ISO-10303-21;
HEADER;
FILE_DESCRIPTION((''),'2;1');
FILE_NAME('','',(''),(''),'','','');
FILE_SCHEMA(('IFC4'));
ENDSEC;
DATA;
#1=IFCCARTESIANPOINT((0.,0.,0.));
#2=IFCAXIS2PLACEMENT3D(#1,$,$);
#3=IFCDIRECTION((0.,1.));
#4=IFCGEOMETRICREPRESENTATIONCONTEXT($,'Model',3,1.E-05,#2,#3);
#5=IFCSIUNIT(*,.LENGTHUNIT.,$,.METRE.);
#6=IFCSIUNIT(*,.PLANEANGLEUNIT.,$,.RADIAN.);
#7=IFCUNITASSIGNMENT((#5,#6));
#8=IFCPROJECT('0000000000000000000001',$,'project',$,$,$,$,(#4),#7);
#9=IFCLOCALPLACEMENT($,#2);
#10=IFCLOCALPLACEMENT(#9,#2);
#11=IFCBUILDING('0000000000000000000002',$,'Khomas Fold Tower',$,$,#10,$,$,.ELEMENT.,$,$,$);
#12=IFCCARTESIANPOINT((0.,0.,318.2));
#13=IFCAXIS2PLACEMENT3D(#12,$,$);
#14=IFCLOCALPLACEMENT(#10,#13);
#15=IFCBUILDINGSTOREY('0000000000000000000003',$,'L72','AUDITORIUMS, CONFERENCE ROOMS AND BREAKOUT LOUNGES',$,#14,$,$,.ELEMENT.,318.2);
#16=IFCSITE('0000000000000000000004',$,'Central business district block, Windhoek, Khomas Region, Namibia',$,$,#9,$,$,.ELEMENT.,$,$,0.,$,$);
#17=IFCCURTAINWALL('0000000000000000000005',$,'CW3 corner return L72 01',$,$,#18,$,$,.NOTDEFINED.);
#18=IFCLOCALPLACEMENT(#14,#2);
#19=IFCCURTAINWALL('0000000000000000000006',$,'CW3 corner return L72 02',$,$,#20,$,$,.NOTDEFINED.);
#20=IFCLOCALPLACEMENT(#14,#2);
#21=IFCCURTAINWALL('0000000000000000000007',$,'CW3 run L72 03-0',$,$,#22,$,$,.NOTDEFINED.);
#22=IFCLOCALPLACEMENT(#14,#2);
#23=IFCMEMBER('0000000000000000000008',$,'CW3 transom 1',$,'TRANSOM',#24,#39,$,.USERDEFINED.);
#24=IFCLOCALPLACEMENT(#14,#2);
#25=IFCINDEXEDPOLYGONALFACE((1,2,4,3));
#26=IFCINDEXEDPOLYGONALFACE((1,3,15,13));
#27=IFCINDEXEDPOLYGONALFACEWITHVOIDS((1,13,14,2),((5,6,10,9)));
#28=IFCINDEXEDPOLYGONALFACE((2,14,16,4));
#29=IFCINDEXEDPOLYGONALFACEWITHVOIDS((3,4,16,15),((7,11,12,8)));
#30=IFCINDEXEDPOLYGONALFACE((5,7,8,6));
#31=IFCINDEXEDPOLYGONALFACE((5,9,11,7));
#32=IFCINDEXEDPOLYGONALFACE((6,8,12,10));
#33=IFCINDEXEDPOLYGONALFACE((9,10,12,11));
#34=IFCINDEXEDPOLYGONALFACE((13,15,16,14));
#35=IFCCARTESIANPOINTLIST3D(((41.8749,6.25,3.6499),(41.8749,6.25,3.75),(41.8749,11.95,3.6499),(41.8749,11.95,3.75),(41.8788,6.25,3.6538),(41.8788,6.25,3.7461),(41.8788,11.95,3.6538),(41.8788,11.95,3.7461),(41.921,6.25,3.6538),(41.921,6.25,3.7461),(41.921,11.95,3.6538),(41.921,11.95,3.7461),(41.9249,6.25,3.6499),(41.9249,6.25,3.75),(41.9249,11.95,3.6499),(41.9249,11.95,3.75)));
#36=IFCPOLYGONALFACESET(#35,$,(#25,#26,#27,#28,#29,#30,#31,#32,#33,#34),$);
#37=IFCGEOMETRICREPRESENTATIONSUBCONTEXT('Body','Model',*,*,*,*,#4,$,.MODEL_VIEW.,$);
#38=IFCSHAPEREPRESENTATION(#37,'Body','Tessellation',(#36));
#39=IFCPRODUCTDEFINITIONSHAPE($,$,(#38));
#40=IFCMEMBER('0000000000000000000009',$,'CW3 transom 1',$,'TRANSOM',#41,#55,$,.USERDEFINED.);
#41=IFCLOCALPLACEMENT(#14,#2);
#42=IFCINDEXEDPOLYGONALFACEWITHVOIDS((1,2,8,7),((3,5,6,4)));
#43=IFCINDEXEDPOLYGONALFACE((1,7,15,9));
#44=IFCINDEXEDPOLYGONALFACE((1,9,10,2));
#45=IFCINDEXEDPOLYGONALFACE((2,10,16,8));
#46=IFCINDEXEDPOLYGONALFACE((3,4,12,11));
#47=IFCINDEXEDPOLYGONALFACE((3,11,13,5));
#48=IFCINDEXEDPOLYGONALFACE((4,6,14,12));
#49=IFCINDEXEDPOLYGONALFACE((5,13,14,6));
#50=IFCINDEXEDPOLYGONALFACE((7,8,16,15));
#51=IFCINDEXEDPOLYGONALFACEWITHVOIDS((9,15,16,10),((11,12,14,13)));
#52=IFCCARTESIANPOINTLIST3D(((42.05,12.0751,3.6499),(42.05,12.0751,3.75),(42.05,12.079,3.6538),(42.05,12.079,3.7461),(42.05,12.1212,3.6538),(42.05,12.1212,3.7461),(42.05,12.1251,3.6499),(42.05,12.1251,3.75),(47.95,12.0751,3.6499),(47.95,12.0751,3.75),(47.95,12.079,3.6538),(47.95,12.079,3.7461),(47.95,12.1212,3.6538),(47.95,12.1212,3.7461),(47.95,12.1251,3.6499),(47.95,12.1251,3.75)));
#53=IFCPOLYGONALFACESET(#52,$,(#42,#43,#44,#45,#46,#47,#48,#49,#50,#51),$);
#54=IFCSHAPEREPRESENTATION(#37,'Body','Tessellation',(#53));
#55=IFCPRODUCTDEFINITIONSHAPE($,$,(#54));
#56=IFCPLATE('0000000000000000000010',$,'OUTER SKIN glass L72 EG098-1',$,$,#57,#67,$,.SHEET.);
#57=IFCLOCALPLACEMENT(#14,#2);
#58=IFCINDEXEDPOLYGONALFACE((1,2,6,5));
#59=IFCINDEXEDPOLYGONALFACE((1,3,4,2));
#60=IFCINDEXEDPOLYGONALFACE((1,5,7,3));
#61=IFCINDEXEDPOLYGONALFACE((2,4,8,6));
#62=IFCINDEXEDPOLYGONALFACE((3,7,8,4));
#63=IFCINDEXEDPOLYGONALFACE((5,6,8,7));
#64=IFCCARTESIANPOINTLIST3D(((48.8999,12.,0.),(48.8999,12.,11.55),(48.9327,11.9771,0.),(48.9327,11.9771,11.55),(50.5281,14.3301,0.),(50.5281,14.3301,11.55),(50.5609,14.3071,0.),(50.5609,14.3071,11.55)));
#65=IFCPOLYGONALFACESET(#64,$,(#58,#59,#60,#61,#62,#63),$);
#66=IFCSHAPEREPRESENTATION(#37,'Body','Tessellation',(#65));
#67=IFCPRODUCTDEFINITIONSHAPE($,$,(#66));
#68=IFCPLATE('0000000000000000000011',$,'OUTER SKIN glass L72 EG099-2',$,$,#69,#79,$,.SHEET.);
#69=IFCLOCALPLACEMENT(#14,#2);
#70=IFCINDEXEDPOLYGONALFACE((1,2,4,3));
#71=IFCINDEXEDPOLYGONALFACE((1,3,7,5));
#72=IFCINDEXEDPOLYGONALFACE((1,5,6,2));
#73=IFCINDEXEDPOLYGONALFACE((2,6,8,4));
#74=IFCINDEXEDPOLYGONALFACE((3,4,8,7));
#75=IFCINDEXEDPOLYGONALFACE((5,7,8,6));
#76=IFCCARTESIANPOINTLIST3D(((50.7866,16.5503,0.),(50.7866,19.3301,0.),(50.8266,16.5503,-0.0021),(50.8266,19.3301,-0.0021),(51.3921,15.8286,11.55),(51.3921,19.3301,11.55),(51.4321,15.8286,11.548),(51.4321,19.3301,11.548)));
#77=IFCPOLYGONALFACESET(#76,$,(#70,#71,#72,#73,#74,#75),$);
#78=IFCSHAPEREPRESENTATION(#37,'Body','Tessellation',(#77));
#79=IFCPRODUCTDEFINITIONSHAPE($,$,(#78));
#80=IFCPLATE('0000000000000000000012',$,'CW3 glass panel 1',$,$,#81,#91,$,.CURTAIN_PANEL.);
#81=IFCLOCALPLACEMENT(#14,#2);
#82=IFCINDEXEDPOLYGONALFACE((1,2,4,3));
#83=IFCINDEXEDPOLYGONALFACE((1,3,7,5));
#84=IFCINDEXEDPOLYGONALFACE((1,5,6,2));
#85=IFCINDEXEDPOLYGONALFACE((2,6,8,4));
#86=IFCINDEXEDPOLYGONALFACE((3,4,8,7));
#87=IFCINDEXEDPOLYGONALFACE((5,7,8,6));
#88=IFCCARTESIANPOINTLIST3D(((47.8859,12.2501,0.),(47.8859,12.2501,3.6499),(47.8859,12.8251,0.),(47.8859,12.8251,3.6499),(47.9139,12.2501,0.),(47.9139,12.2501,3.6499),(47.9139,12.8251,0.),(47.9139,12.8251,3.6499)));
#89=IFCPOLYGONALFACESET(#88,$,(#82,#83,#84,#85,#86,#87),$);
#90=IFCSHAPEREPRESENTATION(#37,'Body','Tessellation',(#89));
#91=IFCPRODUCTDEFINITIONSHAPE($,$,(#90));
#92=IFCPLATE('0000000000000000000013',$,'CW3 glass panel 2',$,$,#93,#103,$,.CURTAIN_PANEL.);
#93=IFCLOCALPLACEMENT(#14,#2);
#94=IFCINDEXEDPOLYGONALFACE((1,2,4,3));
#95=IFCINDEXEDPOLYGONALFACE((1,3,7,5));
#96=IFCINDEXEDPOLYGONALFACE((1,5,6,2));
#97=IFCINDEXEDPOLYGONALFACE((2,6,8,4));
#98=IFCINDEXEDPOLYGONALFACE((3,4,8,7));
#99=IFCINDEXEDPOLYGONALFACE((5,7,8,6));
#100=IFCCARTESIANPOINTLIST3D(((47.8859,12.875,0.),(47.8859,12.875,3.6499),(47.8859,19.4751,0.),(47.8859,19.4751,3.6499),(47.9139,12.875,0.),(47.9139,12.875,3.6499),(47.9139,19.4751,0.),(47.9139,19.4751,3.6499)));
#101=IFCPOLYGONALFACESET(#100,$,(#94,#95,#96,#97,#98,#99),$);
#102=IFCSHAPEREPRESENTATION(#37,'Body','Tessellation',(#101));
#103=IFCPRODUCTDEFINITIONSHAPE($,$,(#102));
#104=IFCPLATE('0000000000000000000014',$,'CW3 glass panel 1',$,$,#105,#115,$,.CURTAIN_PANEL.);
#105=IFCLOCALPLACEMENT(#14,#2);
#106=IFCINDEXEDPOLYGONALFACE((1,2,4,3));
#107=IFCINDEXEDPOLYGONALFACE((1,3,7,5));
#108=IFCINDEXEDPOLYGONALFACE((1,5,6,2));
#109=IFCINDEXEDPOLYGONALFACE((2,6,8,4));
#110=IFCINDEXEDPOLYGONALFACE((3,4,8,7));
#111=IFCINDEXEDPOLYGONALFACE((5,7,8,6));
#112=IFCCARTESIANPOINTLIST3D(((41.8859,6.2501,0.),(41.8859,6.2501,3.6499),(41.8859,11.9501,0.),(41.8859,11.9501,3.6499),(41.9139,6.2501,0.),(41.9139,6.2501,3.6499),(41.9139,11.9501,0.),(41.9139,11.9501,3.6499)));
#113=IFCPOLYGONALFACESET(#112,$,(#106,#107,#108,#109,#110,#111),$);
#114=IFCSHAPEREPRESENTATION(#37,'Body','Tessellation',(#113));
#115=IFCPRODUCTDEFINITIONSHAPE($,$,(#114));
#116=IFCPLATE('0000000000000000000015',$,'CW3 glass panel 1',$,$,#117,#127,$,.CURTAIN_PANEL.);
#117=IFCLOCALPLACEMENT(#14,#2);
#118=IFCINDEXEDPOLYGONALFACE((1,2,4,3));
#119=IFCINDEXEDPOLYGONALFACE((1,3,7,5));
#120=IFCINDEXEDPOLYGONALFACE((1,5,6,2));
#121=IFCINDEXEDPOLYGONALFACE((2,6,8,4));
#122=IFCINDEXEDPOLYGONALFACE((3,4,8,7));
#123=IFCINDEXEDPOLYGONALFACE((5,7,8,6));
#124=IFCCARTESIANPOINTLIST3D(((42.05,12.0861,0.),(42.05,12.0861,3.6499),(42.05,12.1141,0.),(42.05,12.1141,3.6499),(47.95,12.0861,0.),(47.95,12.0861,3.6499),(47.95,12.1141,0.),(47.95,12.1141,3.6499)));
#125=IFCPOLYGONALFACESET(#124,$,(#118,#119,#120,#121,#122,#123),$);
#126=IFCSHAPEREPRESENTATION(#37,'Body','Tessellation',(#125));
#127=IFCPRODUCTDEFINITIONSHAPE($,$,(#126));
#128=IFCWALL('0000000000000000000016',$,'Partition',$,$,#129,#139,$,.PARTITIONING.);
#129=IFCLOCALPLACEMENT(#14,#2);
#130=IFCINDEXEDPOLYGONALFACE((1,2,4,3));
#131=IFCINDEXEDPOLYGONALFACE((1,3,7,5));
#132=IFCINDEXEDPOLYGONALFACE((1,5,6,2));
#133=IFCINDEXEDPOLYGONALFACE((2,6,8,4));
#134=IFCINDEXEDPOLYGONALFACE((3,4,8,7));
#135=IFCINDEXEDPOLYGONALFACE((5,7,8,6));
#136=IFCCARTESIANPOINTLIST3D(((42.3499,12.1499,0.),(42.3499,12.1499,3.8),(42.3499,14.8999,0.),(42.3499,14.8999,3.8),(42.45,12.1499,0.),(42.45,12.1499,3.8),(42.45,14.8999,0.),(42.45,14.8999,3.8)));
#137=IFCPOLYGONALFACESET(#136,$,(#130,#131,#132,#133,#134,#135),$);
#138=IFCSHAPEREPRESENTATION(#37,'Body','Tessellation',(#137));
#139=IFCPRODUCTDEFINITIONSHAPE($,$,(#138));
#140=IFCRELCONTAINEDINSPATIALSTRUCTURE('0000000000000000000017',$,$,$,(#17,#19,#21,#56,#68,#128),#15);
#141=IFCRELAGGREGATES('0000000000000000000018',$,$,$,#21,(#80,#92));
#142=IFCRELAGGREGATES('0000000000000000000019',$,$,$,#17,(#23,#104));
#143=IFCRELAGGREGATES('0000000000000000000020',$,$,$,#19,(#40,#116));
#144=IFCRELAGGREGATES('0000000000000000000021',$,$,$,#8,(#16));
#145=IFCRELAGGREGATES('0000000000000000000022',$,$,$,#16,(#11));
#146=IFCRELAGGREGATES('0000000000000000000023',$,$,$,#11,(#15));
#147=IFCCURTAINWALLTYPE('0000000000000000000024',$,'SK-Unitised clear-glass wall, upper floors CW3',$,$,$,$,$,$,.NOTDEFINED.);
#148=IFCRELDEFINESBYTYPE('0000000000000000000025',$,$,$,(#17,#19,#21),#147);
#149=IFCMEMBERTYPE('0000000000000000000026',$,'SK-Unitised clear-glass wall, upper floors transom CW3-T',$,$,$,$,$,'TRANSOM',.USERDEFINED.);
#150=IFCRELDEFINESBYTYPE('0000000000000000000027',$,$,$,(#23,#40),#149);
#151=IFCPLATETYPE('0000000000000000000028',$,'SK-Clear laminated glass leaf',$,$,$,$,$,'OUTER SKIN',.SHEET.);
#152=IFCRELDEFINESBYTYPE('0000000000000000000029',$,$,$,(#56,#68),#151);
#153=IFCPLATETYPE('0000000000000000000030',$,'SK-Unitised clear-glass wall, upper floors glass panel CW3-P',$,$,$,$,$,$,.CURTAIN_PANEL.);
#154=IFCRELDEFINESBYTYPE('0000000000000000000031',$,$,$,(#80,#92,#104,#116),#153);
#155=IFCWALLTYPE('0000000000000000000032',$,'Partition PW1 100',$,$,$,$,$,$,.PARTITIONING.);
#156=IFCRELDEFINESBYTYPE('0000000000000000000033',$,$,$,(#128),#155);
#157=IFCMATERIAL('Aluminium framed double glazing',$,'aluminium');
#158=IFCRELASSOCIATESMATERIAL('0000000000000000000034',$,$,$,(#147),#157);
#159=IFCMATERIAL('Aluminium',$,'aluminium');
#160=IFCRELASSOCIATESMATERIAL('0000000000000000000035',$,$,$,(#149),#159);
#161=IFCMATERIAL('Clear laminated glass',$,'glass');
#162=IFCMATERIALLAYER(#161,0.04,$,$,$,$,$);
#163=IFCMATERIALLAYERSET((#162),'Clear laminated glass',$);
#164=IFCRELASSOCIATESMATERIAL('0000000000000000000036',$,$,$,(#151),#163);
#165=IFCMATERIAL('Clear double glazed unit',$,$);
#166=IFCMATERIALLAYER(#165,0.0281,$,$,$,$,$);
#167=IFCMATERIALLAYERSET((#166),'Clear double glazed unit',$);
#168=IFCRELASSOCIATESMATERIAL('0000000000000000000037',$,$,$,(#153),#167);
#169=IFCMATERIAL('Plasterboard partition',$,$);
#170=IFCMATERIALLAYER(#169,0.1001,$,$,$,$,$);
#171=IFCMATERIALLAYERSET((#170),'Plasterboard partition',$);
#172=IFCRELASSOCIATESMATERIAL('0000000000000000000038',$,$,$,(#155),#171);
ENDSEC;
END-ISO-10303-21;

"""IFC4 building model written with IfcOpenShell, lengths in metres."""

from ifc_helpers import new_model, si_unit, direction, frame, frame_2d, origin, origin_2d, place, context, subcontext, project, spatial, polyline, rectangle, hollow_rectangle, outline, extrude, source, transform, mapped, material, layer, layer_set, material_profile, profile_set, type_object, element, aggregate, save


model = new_model("IFC4")

# Units and contexts
model_context = context("Model", 3, precision=1e-05, world=origin(), true_north=direction((0.0, 1.0)))
body_context = subcontext(model_context, "Body", "Model", "MODEL_VIEW")
ifc_project = project(units=[si_unit("LENGTHUNIT", "METRE"), si_unit("PLANEANGLEUNIT", "RADIAN")], contexts=[model_context])

# Site, building, storey
site_placement = place(None, origin())
site = spatial("IfcSite", under=ifc_project, at=site_placement, Name="Central business district block, Windhoek, Khomas Region, Namibia", CompositionType="ELEMENT", RefElevation=0.0)
building_placement = place(site_placement, origin())
building = spatial("IfcBuilding", under=site, at=building_placement, Name="Khomas Fold Tower", CompositionType="ELEMENT")
storey_placement = place(building_placement, frame((0.0, 0.0, 318.2)))
storey = spatial("IfcBuildingStorey", under=building, at=storey_placement, Name="L72", Description="AUDITORIUMS, CONFERENCE ROOMS AND BREAKOUT LOUNGES", CompositionType="ELEMENT", Elevation=318.2)

# Curtain wall
ifc_material_1 = material(Name="Aluminium framed double glazing", Category="aluminium")
curtain_wall_type = type_object("IfcCurtainWallType", Name="SK-Unitised clear-glass wall, upper floors CW3", PredefinedType="NOTDEFINED", material=ifc_material_1)
curtain_wall_1_placement = place(storey_placement, origin())
curtain_wall_1 = element("IfcCurtainWall", 1, at=curtain_wall_1_placement, inside=storey, type_object=curtain_wall_type, Name="CW3 corner return L72 01", PredefinedType="NOTDEFINED")

# Curtain walls
curtain_wall_2_placement = place(storey_placement, origin())
curtain_wall_2 = element("IfcCurtainWall", 2, at=curtain_wall_2_placement, inside=storey, type_object=curtain_wall_type, Name="CW3 corner return L72 02", PredefinedType="NOTDEFINED")
curtain_wall_3_placement = place(storey_placement, origin())
curtain_wall_3 = element("IfcCurtainWall", 3, at=curtain_wall_3_placement, inside=storey, type_object=curtain_wall_type, Name="CW3 run L72 03-0", PredefinedType="NOTDEFINED")
ifc_material_2 = material(Name="Aluminium", Category="aluminium")
ifc_material_profile_1 = material_profile(ifc_material_2, hollow_rectangle(XDim=0.05, YDim=0.1001, WallThickness=0.0039, at=origin_2d()), Name="SK-Unitised clear-glass wall, upper floors transom CW3-T")
ifc_profile_set_1 = profile_set([ifc_material_profile_1], Name="Aluminium")
member_type_1 = type_object("IfcMemberType", Name="SK-Unitised clear-glass wall, upper floors transom CW3-T", ElementType="TRANSOM", PredefinedType="USERDEFINED", material=ifc_profile_set_1)

# Members
shared_shape_1 = source(origin(), body_context, "Body", "SweptSolid", [
    extrude(hollow_rectangle(XDim=0.05, YDim=0.1001, WallThickness=0.0039, at=origin_2d()), origin(), (0.0, 0.0, 1.0), 5.7),
])
member_1_placement = place(storey_placement, frame((41.8999, 6.25, 3.7), z_axis=(0.0, 1.0, 0.0), x_axis=(-1.0, 0.0, 0.0)))
member_1 = element("IfcMember", 4, at=member_1_placement, type_object=member_type_1, Name="CW3 transom 1", ObjectType="TRANSOM", PredefinedType="USERDEFINED", context=body_context, shape_type="MappedRepresentation", body=[
    mapped(shared_shape_1, transform((0.0, 0.0, 0.0))),
])
shared_shape_2 = source(origin(), body_context, "Body", "SweptSolid", [
    extrude(hollow_rectangle(XDim=0.05, YDim=0.1001, WallThickness=0.0039, at=origin_2d()), origin(), (0.0, 0.0, 1.0), 5.8999),
])
member_2_placement = place(storey_placement, frame((42.05, 12.1001, 3.7), z_axis=(1.0, 0.0, 0.0), x_axis=(0.0, 1.0, 0.0)))
member_2 = element("IfcMember", 5, at=member_2_placement, type_object=member_type_1, Name="CW3 transom 1", ObjectType="TRANSOM", PredefinedType="USERDEFINED", context=body_context, shape_type="MappedRepresentation", body=[
    mapped(shared_shape_2, transform((0.0, 0.0, 0.0))),
])

# Plates
ifc_material_3 = material(Name="Clear laminated glass", Category="glass")
ifc_layer_1 = layer(ifc_material_3, 0.04)
ifc_layer_set_1 = layer_set([ifc_layer_1], Name="Clear laminated glass")
plate_type_1 = type_object("IfcPlateType", Name="SK-Clear laminated glass leaf", ElementType="OUTER SKIN", PredefinedType="SHEET", material=ifc_layer_set_1)
plate_1_placement = place(storey_placement, frame((50.5281, 14.3301, 11.55), z_axis=(-0.819708, 0.572782, 0.0), x_axis=(0.0, 0.0, -1.0)))
element("IfcPlate", 6, at=plate_1_placement, inside=storey, type_object=plate_type_1, Name="OUTER SKIN glass L72 EG098-1", PredefinedType="SHEET", context=body_context, shape_type="SweptSolid", body=[
    extrude(outline(polyline([(0.0, 0.0), (11.55, 0.0), (11.55, 2.8426), (0.0, 2.8426), (0.0, 0.0)])), origin(), (0.0, 0.0, -1.0), 0.04),
])
plate_2_placement = place(storey_placement, frame((50.7866, 16.5503, 0.0), z_axis=(-0.998629, 0.0, 0.052349), x_axis=(0.052248, -0.062276, 0.99669)))
element("IfcPlate", 7, at=plate_2_placement, inside=storey, type_object=plate_type_1, Name="OUTER SKIN glass L72 EG099-2", PredefinedType="SHEET", context=body_context, shape_type="SweptSolid", body=[
    extrude(outline(polyline([(0.0, 0.0), (11.5884, 0.0), (11.3703, 3.4947), (-0.1731, 2.7744), (0.0, 0.0)])), origin(), (0.0, 0.0, -1.0), 0.04),
])

# Plates
ifc_material_4 = material(Name="Clear double glazed unit")
ifc_layer_2 = layer(ifc_material_4, 0.0281)
ifc_layer_set_2 = layer_set([ifc_layer_2], Name="Clear double glazed unit")
plate_type_2 = type_object("IfcPlateType", Name="SK-Unitised clear-glass wall, upper floors glass panel CW3-P", PredefinedType="CURTAIN_PANEL", material=ifc_layer_set_2)
shared_shape_3 = source(origin(), body_context, "Body", "SweptSolid", [
    extrude(rectangle(XDim=0.575, YDim=0.0281, at=origin_2d()), origin(), (0.0, 0.0, 1.0), 3.6499),
])
plate_3_placement = place(storey_placement, frame((47.8999, 12.5376, 0.0), z_axis=(0.0, 0.0, 1.0), x_axis=(0.0, 1.0, 0.0)))
plate_3 = element("IfcPlate", 8, at=plate_3_placement, type_object=plate_type_2, Name="CW3 glass panel 1", PredefinedType="CURTAIN_PANEL", context=body_context, shape_type="MappedRepresentation", body=[
    mapped(shared_shape_3, transform((0.0, 0.0, 0.0))),
])
shared_shape_4 = source(origin(), body_context, "Body", "SweptSolid", [
    extrude(rectangle(XDim=6.6001, YDim=0.0281, at=origin_2d()), origin(), (0.0, 0.0, 1.0), 3.6499),
])
plate_4_placement = place(storey_placement, frame((47.8999, 16.175, 0.0), z_axis=(0.0, 0.0, 1.0), x_axis=(0.0, 1.0, 0.0)))
plate_4 = element("IfcPlate", 9, at=plate_4_placement, type_object=plate_type_2, Name="CW3 glass panel 2", PredefinedType="CURTAIN_PANEL", context=body_context, shape_type="MappedRepresentation", body=[
    mapped(shared_shape_4, transform((0.0, 0.0, 0.0))),
])
aggregate(curtain_wall_3, [plate_3, plate_4])
shared_shape_5 = source(origin(), body_context, "Body", "SweptSolid", [
    extrude(rectangle(XDim=5.7, YDim=0.0281, at=origin_2d()), origin(), (0.0, 0.0, 1.0), 3.6499),
])
plate_5_placement = place(storey_placement, frame((41.8999, 9.1001, 0.0), z_axis=(0.0, 0.0, 1.0), x_axis=(0.0, 1.0, 0.0)))
plate_5 = element("IfcPlate", 10, at=plate_5_placement, type_object=plate_type_2, Name="CW3 glass panel 1", PredefinedType="CURTAIN_PANEL", context=body_context, shape_type="MappedRepresentation", body=[
    mapped(shared_shape_5, transform((0.0, 0.0, 0.0))),
])
aggregate(curtain_wall_1, [member_1, plate_5])
shared_shape_6 = source(origin(), body_context, "Body", "SweptSolid", [
    extrude(rectangle(XDim=5.8999, YDim=0.0281, at=origin_2d()), origin(), (0.0, 0.0, 1.0), 3.6499),
])
plate_6_placement = place(storey_placement, frame((45.0, 12.1001, 0.0), z_axis=(0.0, 0.0, 1.0), x_axis=(1.0, 0.0, 0.0)))
plate_6 = element("IfcPlate", 11, at=plate_6_placement, type_object=plate_type_2, Name="CW3 glass panel 1", PredefinedType="CURTAIN_PANEL", context=body_context, shape_type="MappedRepresentation", body=[
    mapped(shared_shape_6, transform((0.0, 0.0, 0.0))),
])
aggregate(curtain_wall_2, [member_2, plate_6])

# Wall
ifc_material_5 = material(Name="Plasterboard partition")
ifc_layer_3 = layer(ifc_material_5, 0.1001)
ifc_layer_set_3 = layer_set([ifc_layer_3], Name="Plasterboard partition")
wall_type_1 = type_object("IfcWallType", Name="Partition PW1 100", PredefinedType="PARTITIONING", material=ifc_layer_set_3)
shared_shape_7 = source(origin(), body_context, "Body", "SweptSolid", [
    extrude(rectangle(XDim=2.75, YDim=0.1001, at=frame_2d((1.375, 0.0))), origin(), (0.0, 0.0, 1.0), 3.8),
])
wall_1_placement = place(storey_placement, frame((42.3999, 12.1499, 0.0), z_axis=(0.0, 0.0, 1.0), x_axis=(0.0, 1.0, 0.0)))
element("IfcWall", 12, at=wall_1_placement, inside=storey, type_object=wall_type_1, Name="Partition", PredefinedType="PARTITIONING", context=body_context, shape_type="MappedRepresentation", body=[
    mapped(shared_shape_7, transform((0.0, 0.0, 0.0))),
])

save(model, "model.ifc")
